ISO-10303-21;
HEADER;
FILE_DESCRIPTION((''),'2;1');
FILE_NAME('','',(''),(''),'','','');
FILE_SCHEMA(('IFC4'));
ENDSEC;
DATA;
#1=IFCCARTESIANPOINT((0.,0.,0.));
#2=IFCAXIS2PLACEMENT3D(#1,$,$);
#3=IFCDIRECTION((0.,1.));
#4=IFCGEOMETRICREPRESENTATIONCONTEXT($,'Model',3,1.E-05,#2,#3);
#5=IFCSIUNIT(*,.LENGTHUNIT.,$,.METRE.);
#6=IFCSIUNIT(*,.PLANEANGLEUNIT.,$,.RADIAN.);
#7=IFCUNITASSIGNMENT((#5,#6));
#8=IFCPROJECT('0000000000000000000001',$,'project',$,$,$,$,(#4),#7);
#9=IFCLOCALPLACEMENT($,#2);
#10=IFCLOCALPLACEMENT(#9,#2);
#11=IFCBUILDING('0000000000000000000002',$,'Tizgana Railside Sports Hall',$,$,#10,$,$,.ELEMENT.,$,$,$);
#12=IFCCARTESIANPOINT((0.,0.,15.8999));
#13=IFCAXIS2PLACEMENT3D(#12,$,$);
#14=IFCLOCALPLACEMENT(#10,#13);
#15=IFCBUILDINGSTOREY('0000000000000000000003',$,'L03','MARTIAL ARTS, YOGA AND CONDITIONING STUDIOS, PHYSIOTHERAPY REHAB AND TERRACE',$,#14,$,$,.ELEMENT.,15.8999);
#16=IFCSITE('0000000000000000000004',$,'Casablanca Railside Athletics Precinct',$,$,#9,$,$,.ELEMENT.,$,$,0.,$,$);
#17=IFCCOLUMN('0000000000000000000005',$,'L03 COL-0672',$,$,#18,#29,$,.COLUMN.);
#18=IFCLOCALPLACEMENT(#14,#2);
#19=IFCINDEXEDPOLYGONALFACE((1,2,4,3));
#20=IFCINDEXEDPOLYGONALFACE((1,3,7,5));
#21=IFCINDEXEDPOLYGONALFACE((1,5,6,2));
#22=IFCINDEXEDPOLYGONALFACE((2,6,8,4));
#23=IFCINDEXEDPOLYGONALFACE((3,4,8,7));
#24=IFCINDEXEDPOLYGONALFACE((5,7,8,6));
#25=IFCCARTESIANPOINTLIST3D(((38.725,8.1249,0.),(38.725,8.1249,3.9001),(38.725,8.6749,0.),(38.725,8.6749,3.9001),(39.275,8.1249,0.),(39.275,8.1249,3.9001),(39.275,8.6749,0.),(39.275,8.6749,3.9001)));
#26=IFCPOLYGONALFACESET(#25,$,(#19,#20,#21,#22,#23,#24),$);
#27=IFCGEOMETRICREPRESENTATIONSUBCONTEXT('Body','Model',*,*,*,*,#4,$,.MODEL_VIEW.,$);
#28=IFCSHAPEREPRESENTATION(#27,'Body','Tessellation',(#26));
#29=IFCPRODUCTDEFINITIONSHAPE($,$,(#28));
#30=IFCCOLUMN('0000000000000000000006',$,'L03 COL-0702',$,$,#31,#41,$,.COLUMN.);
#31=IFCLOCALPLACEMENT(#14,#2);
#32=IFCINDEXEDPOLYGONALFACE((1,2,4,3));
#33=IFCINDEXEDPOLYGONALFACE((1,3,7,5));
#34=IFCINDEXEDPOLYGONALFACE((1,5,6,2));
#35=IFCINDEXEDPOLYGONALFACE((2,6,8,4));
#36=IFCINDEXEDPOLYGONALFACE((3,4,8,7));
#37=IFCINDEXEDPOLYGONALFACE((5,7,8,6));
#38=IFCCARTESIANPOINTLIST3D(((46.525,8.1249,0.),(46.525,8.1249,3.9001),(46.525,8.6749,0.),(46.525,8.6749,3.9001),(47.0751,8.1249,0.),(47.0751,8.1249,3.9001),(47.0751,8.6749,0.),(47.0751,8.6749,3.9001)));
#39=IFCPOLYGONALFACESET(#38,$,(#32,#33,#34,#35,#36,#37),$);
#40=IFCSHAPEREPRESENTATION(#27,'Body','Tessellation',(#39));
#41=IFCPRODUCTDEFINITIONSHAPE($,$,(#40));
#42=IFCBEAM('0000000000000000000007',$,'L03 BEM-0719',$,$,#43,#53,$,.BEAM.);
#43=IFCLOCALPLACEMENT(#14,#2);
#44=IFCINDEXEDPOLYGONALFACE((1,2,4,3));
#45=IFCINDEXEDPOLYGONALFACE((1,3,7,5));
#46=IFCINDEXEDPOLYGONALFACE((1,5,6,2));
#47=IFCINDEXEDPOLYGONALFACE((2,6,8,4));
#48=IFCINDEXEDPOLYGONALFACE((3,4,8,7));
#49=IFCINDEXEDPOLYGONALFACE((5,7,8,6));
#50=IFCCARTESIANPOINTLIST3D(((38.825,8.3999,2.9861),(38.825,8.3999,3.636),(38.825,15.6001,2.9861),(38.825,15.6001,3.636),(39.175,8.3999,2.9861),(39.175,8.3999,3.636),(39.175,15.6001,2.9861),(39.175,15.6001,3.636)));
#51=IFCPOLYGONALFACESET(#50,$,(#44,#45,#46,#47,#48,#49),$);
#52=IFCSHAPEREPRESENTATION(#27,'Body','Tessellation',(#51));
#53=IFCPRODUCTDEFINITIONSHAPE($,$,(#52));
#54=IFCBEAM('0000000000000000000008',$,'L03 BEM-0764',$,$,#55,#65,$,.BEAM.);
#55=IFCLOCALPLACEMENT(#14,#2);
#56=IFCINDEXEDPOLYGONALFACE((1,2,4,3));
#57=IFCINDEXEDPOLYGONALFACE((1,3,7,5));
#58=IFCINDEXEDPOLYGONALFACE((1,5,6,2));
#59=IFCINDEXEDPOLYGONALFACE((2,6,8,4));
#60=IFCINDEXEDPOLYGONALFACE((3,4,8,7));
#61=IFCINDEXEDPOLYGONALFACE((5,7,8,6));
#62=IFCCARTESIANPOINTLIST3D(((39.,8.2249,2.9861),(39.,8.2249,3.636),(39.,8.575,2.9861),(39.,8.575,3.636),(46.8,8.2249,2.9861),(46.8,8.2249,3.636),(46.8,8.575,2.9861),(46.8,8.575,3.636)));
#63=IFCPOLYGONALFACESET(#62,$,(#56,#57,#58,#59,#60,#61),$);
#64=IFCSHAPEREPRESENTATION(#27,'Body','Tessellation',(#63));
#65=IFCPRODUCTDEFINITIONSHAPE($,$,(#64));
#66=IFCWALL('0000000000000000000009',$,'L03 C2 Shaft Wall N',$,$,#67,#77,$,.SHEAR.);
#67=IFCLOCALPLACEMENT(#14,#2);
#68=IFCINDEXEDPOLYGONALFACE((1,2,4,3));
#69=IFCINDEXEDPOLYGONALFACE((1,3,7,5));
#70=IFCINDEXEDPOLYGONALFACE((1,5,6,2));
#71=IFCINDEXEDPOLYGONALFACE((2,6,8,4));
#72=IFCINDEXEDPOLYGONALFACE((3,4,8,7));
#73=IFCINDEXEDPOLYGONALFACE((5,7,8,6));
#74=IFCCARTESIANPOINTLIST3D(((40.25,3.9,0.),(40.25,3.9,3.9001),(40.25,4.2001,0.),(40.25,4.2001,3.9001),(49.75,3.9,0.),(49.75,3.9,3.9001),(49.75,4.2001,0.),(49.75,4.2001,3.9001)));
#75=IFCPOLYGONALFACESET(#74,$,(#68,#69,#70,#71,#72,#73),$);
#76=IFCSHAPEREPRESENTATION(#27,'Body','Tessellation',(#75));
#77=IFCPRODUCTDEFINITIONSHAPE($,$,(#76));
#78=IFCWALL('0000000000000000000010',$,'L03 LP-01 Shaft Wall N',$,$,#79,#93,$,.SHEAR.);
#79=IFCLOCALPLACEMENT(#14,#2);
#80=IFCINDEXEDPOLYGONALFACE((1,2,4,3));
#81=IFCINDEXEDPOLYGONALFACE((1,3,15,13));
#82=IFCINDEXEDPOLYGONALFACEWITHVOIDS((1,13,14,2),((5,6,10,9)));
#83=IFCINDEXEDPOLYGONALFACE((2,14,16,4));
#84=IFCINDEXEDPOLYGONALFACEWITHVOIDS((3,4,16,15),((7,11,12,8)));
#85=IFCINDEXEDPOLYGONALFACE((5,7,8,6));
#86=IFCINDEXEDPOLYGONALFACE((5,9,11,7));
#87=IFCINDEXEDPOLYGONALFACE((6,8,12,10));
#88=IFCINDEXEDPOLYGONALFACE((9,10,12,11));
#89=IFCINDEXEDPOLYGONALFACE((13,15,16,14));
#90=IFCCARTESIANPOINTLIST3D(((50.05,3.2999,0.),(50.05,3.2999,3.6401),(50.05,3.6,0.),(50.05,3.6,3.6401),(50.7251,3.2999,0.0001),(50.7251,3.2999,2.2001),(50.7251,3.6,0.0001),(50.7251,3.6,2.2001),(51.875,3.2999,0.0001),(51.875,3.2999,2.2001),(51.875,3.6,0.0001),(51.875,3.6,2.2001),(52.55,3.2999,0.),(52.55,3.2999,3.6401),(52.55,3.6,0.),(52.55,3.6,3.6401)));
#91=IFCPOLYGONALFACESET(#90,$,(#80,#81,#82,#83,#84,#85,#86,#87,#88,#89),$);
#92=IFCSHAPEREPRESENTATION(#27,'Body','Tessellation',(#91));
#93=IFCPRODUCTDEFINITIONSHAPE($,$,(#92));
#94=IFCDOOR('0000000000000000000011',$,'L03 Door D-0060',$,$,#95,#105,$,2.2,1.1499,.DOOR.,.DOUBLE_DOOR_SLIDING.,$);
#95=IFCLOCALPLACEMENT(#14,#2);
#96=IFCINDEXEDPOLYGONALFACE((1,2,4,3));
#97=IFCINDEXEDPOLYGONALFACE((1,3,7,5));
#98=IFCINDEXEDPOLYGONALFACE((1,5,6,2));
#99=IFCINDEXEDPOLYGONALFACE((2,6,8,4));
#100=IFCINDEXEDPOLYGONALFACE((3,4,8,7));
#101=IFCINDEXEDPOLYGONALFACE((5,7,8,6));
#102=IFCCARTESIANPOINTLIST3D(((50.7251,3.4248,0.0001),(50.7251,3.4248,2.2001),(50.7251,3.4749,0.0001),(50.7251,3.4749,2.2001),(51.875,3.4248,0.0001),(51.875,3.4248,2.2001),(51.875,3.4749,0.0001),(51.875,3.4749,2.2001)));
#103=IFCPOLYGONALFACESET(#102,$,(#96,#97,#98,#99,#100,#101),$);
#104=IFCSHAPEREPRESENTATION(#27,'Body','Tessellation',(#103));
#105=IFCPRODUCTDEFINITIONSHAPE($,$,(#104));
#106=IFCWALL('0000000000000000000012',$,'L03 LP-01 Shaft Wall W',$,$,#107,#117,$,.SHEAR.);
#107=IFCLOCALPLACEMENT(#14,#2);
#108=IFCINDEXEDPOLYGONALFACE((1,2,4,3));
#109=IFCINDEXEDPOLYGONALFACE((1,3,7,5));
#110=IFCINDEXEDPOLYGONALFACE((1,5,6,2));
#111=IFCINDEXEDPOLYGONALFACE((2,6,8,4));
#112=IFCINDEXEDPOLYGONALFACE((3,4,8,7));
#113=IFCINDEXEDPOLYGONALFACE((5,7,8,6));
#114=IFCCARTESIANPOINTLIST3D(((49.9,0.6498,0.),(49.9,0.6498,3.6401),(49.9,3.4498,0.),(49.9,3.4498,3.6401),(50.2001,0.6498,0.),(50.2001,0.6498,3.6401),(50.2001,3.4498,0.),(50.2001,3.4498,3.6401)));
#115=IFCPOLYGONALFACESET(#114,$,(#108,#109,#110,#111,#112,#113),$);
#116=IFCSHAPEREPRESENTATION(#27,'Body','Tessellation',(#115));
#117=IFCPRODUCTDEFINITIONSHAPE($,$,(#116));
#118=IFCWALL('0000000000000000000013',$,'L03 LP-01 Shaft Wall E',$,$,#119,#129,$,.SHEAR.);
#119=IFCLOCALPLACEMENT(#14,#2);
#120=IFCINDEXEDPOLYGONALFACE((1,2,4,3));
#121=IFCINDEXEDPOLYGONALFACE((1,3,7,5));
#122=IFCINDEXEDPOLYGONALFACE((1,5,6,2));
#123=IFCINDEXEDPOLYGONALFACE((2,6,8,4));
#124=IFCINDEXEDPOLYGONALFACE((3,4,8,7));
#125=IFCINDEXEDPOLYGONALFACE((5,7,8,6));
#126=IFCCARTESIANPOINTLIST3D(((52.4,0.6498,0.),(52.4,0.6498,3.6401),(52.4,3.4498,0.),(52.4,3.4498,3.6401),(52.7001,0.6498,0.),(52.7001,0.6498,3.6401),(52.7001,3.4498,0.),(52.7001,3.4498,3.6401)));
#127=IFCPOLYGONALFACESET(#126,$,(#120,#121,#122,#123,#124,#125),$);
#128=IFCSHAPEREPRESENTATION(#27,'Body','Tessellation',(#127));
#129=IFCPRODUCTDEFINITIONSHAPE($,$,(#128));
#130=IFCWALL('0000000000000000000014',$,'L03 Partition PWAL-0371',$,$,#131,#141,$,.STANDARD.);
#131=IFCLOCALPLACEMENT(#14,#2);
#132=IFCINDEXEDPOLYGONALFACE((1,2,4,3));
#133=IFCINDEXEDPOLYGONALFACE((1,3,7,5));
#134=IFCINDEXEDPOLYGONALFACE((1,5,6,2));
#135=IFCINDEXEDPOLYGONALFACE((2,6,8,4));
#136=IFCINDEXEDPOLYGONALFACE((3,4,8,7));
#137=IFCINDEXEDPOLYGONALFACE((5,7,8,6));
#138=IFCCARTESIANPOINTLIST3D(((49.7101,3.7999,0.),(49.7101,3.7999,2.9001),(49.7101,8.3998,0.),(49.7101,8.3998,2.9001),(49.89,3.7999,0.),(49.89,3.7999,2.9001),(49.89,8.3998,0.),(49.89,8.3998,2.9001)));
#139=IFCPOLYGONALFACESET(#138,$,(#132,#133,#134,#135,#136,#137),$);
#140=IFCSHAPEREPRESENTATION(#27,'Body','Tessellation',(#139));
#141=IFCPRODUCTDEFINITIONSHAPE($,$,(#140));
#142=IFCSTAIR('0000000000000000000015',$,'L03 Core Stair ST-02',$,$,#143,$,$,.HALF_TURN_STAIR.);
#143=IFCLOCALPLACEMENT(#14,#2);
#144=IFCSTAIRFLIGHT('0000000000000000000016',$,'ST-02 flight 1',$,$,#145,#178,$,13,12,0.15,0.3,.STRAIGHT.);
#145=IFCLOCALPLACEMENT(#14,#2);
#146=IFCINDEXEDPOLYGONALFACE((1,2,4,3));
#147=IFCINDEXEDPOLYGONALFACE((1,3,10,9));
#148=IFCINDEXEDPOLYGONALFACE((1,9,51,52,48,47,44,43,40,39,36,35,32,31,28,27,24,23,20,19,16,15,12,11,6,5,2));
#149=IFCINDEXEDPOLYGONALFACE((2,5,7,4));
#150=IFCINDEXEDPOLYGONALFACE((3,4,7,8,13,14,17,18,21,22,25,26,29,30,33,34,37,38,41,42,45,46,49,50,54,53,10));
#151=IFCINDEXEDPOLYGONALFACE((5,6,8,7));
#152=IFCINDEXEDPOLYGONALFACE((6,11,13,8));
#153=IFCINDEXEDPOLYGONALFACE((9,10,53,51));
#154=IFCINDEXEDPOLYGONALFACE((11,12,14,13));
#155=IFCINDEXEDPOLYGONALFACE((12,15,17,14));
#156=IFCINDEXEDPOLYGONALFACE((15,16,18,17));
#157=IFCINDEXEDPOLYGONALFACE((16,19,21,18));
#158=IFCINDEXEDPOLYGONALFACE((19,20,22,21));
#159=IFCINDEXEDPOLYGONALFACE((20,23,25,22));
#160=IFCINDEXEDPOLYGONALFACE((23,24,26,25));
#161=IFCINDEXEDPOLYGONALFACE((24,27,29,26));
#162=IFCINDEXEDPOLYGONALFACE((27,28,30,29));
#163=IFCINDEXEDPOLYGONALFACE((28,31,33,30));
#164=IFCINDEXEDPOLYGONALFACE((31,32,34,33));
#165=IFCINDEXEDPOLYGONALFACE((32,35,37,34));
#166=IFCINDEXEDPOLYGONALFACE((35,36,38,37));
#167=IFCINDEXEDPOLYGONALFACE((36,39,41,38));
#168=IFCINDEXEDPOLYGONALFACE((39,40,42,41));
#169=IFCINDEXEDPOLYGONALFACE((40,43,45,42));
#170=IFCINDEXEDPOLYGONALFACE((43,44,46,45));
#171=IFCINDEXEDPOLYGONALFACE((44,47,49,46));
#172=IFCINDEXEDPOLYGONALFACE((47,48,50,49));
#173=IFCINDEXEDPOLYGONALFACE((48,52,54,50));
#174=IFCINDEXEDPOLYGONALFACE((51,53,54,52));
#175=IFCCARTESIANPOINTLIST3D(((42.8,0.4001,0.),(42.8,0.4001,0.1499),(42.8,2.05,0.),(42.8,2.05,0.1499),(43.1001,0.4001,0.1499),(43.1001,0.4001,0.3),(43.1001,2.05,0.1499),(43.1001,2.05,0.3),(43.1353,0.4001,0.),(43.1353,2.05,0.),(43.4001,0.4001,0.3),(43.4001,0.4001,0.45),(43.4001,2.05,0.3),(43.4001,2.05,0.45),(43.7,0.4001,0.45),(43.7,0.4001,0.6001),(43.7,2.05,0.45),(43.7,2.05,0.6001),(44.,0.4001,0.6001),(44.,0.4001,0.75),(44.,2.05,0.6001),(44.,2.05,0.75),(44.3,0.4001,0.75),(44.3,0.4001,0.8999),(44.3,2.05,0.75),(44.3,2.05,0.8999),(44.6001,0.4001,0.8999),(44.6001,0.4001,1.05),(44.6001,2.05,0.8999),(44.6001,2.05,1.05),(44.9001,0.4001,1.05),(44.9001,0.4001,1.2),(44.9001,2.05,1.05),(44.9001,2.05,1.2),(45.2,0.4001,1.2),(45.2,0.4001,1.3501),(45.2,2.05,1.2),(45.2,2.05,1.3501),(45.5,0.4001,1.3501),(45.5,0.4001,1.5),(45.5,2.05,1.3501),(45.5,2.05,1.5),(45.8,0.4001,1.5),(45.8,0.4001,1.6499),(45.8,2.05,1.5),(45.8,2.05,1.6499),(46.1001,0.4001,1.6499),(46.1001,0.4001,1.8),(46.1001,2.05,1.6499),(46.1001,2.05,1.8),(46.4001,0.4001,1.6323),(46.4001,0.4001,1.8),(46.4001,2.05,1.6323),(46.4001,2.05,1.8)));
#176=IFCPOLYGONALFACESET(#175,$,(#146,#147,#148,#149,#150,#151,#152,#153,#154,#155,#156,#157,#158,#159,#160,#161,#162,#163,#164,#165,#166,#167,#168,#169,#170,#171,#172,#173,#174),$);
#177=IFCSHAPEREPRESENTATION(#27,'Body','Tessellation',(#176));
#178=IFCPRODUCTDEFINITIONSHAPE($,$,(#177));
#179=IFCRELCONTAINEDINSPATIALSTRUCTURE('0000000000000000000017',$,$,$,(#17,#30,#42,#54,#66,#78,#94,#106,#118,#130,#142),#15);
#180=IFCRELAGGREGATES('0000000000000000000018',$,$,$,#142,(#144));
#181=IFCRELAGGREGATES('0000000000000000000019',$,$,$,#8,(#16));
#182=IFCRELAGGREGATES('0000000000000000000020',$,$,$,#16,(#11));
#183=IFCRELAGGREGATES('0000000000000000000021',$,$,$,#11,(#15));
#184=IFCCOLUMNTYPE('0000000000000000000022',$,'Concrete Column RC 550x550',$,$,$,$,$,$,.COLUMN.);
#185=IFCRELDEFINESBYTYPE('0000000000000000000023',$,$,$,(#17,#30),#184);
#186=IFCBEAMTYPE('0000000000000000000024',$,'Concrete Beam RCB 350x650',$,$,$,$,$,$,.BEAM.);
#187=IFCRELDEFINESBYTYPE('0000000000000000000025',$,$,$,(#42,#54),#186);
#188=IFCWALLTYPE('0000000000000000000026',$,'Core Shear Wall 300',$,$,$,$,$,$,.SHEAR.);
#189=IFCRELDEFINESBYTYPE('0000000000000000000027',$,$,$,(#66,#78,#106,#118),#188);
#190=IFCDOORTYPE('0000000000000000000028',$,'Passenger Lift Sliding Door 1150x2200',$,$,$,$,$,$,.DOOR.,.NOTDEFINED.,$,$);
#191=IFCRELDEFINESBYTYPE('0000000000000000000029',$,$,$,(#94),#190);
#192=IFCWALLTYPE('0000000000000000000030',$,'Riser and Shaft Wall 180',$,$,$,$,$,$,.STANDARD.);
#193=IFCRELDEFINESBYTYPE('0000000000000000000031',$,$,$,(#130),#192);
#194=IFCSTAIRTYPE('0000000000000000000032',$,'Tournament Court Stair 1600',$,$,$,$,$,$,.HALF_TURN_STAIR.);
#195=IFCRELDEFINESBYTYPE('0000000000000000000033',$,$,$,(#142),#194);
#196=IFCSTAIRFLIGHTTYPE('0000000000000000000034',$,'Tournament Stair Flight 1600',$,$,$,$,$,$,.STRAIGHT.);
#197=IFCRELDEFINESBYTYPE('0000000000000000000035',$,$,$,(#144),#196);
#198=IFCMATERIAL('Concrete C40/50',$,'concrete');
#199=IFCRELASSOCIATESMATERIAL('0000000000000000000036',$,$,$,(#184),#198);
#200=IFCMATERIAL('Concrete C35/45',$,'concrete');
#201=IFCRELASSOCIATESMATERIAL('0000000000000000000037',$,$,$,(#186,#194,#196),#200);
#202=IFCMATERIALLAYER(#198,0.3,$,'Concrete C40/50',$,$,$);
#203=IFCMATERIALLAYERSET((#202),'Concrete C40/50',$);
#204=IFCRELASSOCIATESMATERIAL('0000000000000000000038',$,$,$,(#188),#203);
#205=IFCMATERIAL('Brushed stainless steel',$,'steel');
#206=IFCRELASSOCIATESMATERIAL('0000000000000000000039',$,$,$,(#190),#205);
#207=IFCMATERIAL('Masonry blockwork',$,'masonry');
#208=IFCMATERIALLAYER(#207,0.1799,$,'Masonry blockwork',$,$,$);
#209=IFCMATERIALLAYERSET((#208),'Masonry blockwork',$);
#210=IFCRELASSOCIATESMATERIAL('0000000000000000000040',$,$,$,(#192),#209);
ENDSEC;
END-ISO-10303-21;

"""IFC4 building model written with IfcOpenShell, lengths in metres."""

from ifc_helpers import new_model, si_unit, direction, frame, frame_2d, origin, origin_2d, place, context, subcontext, project, spatial, polyline, rectangle, outline, extrude, material, layer, layer_set, material_profile, profile_set, type_object, element, fill, aggregate, save


model = new_model("IFC4")

# Units and contexts
model_context = context("Model", 3, precision=1e-05, world=origin(), true_north=direction((0.0, 1.0)))
body_context = subcontext(model_context, "Body", "Model", "MODEL_VIEW")
ifc_project = project(units=[si_unit("LENGTHUNIT", "METRE"), si_unit("PLANEANGLEUNIT", "RADIAN")], contexts=[model_context])

# Site, building, storey
site_placement = place(None, origin())
site = spatial("IfcSite", under=ifc_project, at=site_placement, Name="Casablanca Railside Athletics Precinct", CompositionType="ELEMENT", RefElevation=0.0)
building_placement = place(site_placement, origin())
building = spatial("IfcBuilding", under=site, at=building_placement, Name="Tizgana Railside Sports Hall", CompositionType="ELEMENT")
storey_placement = place(building_placement, frame((0.0, 0.0, 15.8999)))
storey = spatial("IfcBuildingStorey", under=building, at=storey_placement, Name="L03", Description="MARTIAL ARTS, YOGA AND CONDITIONING STUDIOS, PHYSIOTHERAPY REHAB AND TERRACE", CompositionType="ELEMENT", Elevation=15.8999)

# Columns
ifc_material_1 = material(Name="Concrete C40/50", Category="concrete")
ifc_material_profile_1 = material_profile(ifc_material_1, rectangle(XDim=0.55, YDim=0.55, at=origin_2d()), Name="RC 550x550")
ifc_profile_set_1 = profile_set([ifc_material_profile_1], Name="Concrete C40/50")
column_type = type_object("IfcColumnType", Name="Concrete Column RC 550x550", PredefinedType="COLUMN", material=ifc_profile_set_1)
for number, where, z_axis, x_axis, name in (
    (1, (39.0, 8.3999, 0.0), (0.0, 0.0, 1.0), (1.0, 0.0, 0.0), "L03 COL-0672"),
    (2, (46.8, 8.3999, 0.0), (0.0, 0.0, 1.0), (1.0, 0.0, 0.0), "L03 COL-0702"),
):
    element("IfcColumn", number, at=place(storey_placement, frame(where, z_axis=z_axis, x_axis=x_axis)), inside=storey, type_object=column_type, Name=name, PredefinedType="COLUMN", context=body_context, shape_type="SweptSolid", body=[
        extrude(rectangle(XDim=0.55, YDim=0.55, at=origin_2d()), origin(), (0.0, 0.0, 1.0), 3.9001),
    ])

# Beams
ifc_material_2 = material(Name="Concrete C35/45", Category="concrete")
ifc_material_profile_2 = material_profile(ifc_material_2, rectangle(XDim=0.3501, YDim=0.6499, at=origin_2d()), Name="RCB 350x650")
ifc_profile_set_2 = profile_set([ifc_material_profile_2], Name="Concrete C35/45")
beam_type = type_object("IfcBeamType", Name="Concrete Beam RCB 350x650", PredefinedType="BEAM", material=ifc_profile_set_2)
beam_1_placement = place(storey_placement, frame((39.0, 8.3999, 3.311), z_axis=(0.0, 1.0, 0.0), x_axis=(-1.0, 0.0, 0.0)))
element("IfcBeam", 3, at=beam_1_placement, inside=storey, type_object=beam_type, Name="L03 BEM-0719", PredefinedType="BEAM", context=body_context, shape_type="SweptSolid", body=[
    extrude(rectangle(XDim=0.3501, YDim=0.6499, at=origin_2d()), origin(), (0.0, 0.0, 1.0), 7.2002),
])
beam_2_placement = place(storey_placement, frame((39.0, 8.3999, 3.311), z_axis=(1.0, 0.0, 0.0), x_axis=(0.0, 1.0, 0.0)))
element("IfcBeam", 4, at=beam_2_placement, inside=storey, type_object=beam_type, Name="L03 BEM-0764", PredefinedType="BEAM", context=body_context, shape_type="SweptSolid", body=[
    extrude(rectangle(XDim=0.3501, YDim=0.6499, at=origin_2d()), origin(), (0.0, 0.0, 1.0), 7.8),
])

# Wall
ifc_layer_1 = layer(ifc_material_1, 0.3, Name="Concrete C40/50")
ifc_layer_set_1 = layer_set([ifc_layer_1], Name="Concrete C40/50")
wall_type_1 = type_object("IfcWallType", Name="Core Shear Wall 300", PredefinedType="SHEAR", material=ifc_layer_set_1)
wall_1_placement = place(storey_placement, frame((40.25, 4.05, 0.0), z_axis=(0.0, 0.0, 1.0), x_axis=(1.0, 0.0, 0.0)))
element("IfcWall", 5, at=wall_1_placement, inside=storey, type_object=wall_type_1, Name="L03 C2 Shaft Wall N", PredefinedType="SHEAR", context=body_context, shape_type="SweptSolid", body=[
    extrude(rectangle(XDim=9.5, YDim=0.3, at=frame_2d((4.75, 0.0))), origin(), (0.0, 0.0, 1.0), 3.9001),
])

# Wall, opening, door
wall_2_placement = place(storey_placement, frame((50.05, 3.45, 0.0), z_axis=(0.0, 0.0, 1.0), x_axis=(1.0, 0.0, 0.0)))
wall_2 = element("IfcWall", 6, at=wall_2_placement, inside=storey, type_object=wall_type_1, Name="L03 LP-01 Shaft Wall N", PredefinedType="SHEAR", context=body_context, shape_type="SweptSolid", body=[
    extrude(rectangle(XDim=2.5, YDim=0.3, at=frame_2d((1.25, 0.0))), origin(), (0.0, 0.0, 1.0), 3.6401),
])
opening_placement = place(wall_2_placement, frame((0.675, 0.0, 0.0)))
opening = element("IfcOpeningElement", 7, at=opening_placement, cuts=wall_2, PredefinedType="OPENING", context=body_context, shape_type="SweptSolid", body=[
    extrude(rectangle(XDim=1.1499, YDim=2.2, at=frame_2d((0.575, 1.1001))), frame((0.0, 0.1599, 0.0), z_axis=(0.0, -1.0, 0.0), x_axis=(1.0, 0.0, 0.0)), (0.0, 0.0, 1.0), 0.3201),
])
ifc_material_3 = material(Name="Brushed stainless steel", Category="steel")
door_type = type_object("IfcDoorType", Name="Passenger Lift Sliding Door 1150x2200", OperationType="NOTDEFINED", PredefinedType="DOOR", material=ifc_material_3)
door_placement = place(opening_placement, origin())
door = element("IfcDoor", 8, at=door_placement, inside=storey, type_object=door_type, Name="L03 Door D-0060", OperationType="DOUBLE_DOOR_SLIDING", OverallHeight=2.2, OverallWidth=1.1499, PredefinedType="DOOR", context=body_context, shape_type="SweptSolid", body=[
    extrude(rectangle(XDim=1.1499, YDim=2.2, at=frame_2d((0.575, 1.1001))), frame((0.0, 0.0249, 0.0), z_axis=(0.0, -1.0, 0.0), x_axis=(1.0, 0.0, 0.0)), (0.0, 0.0, 1.0), 0.05),
])
fill(opening, door)

# Walls
for number, where, z_axis, x_axis, name in (
    (9, (50.05, 0.6499, 0.0), (0.0, 0.0, 1.0), (0.0, 1.0, 0.0), "L03 LP-01 Shaft Wall W"),
    (10, (52.55, 0.6499, 0.0), (0.0, 0.0, 1.0), (0.0, 1.0, 0.0), "L03 LP-01 Shaft Wall E"),
):
    element("IfcWall", number, at=place(storey_placement, frame(where, z_axis=z_axis, x_axis=x_axis)), inside=storey, type_object=wall_type_1, Name=name, PredefinedType="SHEAR", context=body_context, shape_type="SweptSolid", body=[
        extrude(rectangle(XDim=2.8, YDim=0.3, at=frame_2d((1.3999, 0.0))), origin(), (0.0, 0.0, 1.0), 3.6401),
    ])
ifc_material_4 = material(Name="Masonry blockwork", Category="masonry")
ifc_layer_2 = layer(ifc_material_4, 0.1799, Name="Masonry blockwork")
ifc_layer_set_2 = layer_set([ifc_layer_2], Name="Masonry blockwork")
wall_type_2 = type_object("IfcWallType", Name="Riser and Shaft Wall 180", PredefinedType="STANDARD", material=ifc_layer_set_2)
wall_3_placement = place(storey_placement, frame((49.8, 3.8, 0.0), z_axis=(0.0, 0.0, 1.0), x_axis=(0.0, 1.0, 0.0)))
element("IfcWall", 11, at=wall_3_placement, inside=storey, type_object=wall_type_2, Name="L03 Partition PWAL-0371", PredefinedType="STANDARD", context=body_context, shape_type="SweptSolid", body=[
    extrude(rectangle(XDim=4.5999, YDim=0.1799, at=frame_2d((2.2998, 0.0))), origin(), (0.0, 0.0, 1.0), 2.9001),
])

# Stair, stair flight
stair_type = type_object("IfcStairType", Name="Tournament Court Stair 1600", PredefinedType="HALF_TURN_STAIR", material=ifc_material_2)
stair_placement = place(storey_placement, origin())
stair = element("IfcStair", 12, at=stair_placement, inside=storey, type_object=stair_type, Name="L03 Core Stair ST-02", PredefinedType="HALF_TURN_STAIR")
stair_flight_type = type_object("IfcStairFlightType", Name="Tournament Stair Flight 1600", PredefinedType="STRAIGHT", material=ifc_material_2)
stair_flight_1_placement = place(storey_placement, frame((42.8, 1.2251, 0.0), z_axis=(0.0, 0.0, 1.0), x_axis=(1.0, 0.0, 0.0)))
stair_flight_1 = element("IfcStairFlight", 13, at=stair_flight_1_placement, type_object=stair_flight_type, Name="ST-02 flight 1", NumberOfRisers=13, NumberOfTreads=12, PredefinedType="STRAIGHT", RiserHeight=0.15, TreadLength=0.3, context=body_context, shape_type="SweptSolid", body=[
    extrude(outline(polyline([(0.0, 0.0), (0.0, 0.1499), (0.3, 0.1499), (0.3, 0.3), (0.6001, 0.3), (0.6001, 0.45), (0.8999, 0.45), (0.8999, 0.6001), (1.2, 0.6001), (1.2, 0.75), (1.5, 0.75), (1.5, 0.8999), (1.8, 0.8999), (1.8, 1.05), (2.1001, 1.05), (2.1001, 1.2), (2.3999, 1.2), (2.3999, 1.3501), (2.7, 1.3501), (2.7, 1.5), (3.0, 1.5), (3.0, 1.6499), (3.3, 1.6499), (3.3, 1.8), (3.6001, 1.8), (3.6001, 1.95), (3.6001, 1.6323), (0.3352, 0.0), (0.0, 0.0)])), frame((0.0, 0.825, 0.0), z_axis=(0.0, -1.0, 0.0), x_axis=(1.0, 0.0, 0.0)), (0.0, 0.0, 1.0), 1.6499),
])
aggregate(stair, [stair_flight_1])

save(model, "model.ifc")
